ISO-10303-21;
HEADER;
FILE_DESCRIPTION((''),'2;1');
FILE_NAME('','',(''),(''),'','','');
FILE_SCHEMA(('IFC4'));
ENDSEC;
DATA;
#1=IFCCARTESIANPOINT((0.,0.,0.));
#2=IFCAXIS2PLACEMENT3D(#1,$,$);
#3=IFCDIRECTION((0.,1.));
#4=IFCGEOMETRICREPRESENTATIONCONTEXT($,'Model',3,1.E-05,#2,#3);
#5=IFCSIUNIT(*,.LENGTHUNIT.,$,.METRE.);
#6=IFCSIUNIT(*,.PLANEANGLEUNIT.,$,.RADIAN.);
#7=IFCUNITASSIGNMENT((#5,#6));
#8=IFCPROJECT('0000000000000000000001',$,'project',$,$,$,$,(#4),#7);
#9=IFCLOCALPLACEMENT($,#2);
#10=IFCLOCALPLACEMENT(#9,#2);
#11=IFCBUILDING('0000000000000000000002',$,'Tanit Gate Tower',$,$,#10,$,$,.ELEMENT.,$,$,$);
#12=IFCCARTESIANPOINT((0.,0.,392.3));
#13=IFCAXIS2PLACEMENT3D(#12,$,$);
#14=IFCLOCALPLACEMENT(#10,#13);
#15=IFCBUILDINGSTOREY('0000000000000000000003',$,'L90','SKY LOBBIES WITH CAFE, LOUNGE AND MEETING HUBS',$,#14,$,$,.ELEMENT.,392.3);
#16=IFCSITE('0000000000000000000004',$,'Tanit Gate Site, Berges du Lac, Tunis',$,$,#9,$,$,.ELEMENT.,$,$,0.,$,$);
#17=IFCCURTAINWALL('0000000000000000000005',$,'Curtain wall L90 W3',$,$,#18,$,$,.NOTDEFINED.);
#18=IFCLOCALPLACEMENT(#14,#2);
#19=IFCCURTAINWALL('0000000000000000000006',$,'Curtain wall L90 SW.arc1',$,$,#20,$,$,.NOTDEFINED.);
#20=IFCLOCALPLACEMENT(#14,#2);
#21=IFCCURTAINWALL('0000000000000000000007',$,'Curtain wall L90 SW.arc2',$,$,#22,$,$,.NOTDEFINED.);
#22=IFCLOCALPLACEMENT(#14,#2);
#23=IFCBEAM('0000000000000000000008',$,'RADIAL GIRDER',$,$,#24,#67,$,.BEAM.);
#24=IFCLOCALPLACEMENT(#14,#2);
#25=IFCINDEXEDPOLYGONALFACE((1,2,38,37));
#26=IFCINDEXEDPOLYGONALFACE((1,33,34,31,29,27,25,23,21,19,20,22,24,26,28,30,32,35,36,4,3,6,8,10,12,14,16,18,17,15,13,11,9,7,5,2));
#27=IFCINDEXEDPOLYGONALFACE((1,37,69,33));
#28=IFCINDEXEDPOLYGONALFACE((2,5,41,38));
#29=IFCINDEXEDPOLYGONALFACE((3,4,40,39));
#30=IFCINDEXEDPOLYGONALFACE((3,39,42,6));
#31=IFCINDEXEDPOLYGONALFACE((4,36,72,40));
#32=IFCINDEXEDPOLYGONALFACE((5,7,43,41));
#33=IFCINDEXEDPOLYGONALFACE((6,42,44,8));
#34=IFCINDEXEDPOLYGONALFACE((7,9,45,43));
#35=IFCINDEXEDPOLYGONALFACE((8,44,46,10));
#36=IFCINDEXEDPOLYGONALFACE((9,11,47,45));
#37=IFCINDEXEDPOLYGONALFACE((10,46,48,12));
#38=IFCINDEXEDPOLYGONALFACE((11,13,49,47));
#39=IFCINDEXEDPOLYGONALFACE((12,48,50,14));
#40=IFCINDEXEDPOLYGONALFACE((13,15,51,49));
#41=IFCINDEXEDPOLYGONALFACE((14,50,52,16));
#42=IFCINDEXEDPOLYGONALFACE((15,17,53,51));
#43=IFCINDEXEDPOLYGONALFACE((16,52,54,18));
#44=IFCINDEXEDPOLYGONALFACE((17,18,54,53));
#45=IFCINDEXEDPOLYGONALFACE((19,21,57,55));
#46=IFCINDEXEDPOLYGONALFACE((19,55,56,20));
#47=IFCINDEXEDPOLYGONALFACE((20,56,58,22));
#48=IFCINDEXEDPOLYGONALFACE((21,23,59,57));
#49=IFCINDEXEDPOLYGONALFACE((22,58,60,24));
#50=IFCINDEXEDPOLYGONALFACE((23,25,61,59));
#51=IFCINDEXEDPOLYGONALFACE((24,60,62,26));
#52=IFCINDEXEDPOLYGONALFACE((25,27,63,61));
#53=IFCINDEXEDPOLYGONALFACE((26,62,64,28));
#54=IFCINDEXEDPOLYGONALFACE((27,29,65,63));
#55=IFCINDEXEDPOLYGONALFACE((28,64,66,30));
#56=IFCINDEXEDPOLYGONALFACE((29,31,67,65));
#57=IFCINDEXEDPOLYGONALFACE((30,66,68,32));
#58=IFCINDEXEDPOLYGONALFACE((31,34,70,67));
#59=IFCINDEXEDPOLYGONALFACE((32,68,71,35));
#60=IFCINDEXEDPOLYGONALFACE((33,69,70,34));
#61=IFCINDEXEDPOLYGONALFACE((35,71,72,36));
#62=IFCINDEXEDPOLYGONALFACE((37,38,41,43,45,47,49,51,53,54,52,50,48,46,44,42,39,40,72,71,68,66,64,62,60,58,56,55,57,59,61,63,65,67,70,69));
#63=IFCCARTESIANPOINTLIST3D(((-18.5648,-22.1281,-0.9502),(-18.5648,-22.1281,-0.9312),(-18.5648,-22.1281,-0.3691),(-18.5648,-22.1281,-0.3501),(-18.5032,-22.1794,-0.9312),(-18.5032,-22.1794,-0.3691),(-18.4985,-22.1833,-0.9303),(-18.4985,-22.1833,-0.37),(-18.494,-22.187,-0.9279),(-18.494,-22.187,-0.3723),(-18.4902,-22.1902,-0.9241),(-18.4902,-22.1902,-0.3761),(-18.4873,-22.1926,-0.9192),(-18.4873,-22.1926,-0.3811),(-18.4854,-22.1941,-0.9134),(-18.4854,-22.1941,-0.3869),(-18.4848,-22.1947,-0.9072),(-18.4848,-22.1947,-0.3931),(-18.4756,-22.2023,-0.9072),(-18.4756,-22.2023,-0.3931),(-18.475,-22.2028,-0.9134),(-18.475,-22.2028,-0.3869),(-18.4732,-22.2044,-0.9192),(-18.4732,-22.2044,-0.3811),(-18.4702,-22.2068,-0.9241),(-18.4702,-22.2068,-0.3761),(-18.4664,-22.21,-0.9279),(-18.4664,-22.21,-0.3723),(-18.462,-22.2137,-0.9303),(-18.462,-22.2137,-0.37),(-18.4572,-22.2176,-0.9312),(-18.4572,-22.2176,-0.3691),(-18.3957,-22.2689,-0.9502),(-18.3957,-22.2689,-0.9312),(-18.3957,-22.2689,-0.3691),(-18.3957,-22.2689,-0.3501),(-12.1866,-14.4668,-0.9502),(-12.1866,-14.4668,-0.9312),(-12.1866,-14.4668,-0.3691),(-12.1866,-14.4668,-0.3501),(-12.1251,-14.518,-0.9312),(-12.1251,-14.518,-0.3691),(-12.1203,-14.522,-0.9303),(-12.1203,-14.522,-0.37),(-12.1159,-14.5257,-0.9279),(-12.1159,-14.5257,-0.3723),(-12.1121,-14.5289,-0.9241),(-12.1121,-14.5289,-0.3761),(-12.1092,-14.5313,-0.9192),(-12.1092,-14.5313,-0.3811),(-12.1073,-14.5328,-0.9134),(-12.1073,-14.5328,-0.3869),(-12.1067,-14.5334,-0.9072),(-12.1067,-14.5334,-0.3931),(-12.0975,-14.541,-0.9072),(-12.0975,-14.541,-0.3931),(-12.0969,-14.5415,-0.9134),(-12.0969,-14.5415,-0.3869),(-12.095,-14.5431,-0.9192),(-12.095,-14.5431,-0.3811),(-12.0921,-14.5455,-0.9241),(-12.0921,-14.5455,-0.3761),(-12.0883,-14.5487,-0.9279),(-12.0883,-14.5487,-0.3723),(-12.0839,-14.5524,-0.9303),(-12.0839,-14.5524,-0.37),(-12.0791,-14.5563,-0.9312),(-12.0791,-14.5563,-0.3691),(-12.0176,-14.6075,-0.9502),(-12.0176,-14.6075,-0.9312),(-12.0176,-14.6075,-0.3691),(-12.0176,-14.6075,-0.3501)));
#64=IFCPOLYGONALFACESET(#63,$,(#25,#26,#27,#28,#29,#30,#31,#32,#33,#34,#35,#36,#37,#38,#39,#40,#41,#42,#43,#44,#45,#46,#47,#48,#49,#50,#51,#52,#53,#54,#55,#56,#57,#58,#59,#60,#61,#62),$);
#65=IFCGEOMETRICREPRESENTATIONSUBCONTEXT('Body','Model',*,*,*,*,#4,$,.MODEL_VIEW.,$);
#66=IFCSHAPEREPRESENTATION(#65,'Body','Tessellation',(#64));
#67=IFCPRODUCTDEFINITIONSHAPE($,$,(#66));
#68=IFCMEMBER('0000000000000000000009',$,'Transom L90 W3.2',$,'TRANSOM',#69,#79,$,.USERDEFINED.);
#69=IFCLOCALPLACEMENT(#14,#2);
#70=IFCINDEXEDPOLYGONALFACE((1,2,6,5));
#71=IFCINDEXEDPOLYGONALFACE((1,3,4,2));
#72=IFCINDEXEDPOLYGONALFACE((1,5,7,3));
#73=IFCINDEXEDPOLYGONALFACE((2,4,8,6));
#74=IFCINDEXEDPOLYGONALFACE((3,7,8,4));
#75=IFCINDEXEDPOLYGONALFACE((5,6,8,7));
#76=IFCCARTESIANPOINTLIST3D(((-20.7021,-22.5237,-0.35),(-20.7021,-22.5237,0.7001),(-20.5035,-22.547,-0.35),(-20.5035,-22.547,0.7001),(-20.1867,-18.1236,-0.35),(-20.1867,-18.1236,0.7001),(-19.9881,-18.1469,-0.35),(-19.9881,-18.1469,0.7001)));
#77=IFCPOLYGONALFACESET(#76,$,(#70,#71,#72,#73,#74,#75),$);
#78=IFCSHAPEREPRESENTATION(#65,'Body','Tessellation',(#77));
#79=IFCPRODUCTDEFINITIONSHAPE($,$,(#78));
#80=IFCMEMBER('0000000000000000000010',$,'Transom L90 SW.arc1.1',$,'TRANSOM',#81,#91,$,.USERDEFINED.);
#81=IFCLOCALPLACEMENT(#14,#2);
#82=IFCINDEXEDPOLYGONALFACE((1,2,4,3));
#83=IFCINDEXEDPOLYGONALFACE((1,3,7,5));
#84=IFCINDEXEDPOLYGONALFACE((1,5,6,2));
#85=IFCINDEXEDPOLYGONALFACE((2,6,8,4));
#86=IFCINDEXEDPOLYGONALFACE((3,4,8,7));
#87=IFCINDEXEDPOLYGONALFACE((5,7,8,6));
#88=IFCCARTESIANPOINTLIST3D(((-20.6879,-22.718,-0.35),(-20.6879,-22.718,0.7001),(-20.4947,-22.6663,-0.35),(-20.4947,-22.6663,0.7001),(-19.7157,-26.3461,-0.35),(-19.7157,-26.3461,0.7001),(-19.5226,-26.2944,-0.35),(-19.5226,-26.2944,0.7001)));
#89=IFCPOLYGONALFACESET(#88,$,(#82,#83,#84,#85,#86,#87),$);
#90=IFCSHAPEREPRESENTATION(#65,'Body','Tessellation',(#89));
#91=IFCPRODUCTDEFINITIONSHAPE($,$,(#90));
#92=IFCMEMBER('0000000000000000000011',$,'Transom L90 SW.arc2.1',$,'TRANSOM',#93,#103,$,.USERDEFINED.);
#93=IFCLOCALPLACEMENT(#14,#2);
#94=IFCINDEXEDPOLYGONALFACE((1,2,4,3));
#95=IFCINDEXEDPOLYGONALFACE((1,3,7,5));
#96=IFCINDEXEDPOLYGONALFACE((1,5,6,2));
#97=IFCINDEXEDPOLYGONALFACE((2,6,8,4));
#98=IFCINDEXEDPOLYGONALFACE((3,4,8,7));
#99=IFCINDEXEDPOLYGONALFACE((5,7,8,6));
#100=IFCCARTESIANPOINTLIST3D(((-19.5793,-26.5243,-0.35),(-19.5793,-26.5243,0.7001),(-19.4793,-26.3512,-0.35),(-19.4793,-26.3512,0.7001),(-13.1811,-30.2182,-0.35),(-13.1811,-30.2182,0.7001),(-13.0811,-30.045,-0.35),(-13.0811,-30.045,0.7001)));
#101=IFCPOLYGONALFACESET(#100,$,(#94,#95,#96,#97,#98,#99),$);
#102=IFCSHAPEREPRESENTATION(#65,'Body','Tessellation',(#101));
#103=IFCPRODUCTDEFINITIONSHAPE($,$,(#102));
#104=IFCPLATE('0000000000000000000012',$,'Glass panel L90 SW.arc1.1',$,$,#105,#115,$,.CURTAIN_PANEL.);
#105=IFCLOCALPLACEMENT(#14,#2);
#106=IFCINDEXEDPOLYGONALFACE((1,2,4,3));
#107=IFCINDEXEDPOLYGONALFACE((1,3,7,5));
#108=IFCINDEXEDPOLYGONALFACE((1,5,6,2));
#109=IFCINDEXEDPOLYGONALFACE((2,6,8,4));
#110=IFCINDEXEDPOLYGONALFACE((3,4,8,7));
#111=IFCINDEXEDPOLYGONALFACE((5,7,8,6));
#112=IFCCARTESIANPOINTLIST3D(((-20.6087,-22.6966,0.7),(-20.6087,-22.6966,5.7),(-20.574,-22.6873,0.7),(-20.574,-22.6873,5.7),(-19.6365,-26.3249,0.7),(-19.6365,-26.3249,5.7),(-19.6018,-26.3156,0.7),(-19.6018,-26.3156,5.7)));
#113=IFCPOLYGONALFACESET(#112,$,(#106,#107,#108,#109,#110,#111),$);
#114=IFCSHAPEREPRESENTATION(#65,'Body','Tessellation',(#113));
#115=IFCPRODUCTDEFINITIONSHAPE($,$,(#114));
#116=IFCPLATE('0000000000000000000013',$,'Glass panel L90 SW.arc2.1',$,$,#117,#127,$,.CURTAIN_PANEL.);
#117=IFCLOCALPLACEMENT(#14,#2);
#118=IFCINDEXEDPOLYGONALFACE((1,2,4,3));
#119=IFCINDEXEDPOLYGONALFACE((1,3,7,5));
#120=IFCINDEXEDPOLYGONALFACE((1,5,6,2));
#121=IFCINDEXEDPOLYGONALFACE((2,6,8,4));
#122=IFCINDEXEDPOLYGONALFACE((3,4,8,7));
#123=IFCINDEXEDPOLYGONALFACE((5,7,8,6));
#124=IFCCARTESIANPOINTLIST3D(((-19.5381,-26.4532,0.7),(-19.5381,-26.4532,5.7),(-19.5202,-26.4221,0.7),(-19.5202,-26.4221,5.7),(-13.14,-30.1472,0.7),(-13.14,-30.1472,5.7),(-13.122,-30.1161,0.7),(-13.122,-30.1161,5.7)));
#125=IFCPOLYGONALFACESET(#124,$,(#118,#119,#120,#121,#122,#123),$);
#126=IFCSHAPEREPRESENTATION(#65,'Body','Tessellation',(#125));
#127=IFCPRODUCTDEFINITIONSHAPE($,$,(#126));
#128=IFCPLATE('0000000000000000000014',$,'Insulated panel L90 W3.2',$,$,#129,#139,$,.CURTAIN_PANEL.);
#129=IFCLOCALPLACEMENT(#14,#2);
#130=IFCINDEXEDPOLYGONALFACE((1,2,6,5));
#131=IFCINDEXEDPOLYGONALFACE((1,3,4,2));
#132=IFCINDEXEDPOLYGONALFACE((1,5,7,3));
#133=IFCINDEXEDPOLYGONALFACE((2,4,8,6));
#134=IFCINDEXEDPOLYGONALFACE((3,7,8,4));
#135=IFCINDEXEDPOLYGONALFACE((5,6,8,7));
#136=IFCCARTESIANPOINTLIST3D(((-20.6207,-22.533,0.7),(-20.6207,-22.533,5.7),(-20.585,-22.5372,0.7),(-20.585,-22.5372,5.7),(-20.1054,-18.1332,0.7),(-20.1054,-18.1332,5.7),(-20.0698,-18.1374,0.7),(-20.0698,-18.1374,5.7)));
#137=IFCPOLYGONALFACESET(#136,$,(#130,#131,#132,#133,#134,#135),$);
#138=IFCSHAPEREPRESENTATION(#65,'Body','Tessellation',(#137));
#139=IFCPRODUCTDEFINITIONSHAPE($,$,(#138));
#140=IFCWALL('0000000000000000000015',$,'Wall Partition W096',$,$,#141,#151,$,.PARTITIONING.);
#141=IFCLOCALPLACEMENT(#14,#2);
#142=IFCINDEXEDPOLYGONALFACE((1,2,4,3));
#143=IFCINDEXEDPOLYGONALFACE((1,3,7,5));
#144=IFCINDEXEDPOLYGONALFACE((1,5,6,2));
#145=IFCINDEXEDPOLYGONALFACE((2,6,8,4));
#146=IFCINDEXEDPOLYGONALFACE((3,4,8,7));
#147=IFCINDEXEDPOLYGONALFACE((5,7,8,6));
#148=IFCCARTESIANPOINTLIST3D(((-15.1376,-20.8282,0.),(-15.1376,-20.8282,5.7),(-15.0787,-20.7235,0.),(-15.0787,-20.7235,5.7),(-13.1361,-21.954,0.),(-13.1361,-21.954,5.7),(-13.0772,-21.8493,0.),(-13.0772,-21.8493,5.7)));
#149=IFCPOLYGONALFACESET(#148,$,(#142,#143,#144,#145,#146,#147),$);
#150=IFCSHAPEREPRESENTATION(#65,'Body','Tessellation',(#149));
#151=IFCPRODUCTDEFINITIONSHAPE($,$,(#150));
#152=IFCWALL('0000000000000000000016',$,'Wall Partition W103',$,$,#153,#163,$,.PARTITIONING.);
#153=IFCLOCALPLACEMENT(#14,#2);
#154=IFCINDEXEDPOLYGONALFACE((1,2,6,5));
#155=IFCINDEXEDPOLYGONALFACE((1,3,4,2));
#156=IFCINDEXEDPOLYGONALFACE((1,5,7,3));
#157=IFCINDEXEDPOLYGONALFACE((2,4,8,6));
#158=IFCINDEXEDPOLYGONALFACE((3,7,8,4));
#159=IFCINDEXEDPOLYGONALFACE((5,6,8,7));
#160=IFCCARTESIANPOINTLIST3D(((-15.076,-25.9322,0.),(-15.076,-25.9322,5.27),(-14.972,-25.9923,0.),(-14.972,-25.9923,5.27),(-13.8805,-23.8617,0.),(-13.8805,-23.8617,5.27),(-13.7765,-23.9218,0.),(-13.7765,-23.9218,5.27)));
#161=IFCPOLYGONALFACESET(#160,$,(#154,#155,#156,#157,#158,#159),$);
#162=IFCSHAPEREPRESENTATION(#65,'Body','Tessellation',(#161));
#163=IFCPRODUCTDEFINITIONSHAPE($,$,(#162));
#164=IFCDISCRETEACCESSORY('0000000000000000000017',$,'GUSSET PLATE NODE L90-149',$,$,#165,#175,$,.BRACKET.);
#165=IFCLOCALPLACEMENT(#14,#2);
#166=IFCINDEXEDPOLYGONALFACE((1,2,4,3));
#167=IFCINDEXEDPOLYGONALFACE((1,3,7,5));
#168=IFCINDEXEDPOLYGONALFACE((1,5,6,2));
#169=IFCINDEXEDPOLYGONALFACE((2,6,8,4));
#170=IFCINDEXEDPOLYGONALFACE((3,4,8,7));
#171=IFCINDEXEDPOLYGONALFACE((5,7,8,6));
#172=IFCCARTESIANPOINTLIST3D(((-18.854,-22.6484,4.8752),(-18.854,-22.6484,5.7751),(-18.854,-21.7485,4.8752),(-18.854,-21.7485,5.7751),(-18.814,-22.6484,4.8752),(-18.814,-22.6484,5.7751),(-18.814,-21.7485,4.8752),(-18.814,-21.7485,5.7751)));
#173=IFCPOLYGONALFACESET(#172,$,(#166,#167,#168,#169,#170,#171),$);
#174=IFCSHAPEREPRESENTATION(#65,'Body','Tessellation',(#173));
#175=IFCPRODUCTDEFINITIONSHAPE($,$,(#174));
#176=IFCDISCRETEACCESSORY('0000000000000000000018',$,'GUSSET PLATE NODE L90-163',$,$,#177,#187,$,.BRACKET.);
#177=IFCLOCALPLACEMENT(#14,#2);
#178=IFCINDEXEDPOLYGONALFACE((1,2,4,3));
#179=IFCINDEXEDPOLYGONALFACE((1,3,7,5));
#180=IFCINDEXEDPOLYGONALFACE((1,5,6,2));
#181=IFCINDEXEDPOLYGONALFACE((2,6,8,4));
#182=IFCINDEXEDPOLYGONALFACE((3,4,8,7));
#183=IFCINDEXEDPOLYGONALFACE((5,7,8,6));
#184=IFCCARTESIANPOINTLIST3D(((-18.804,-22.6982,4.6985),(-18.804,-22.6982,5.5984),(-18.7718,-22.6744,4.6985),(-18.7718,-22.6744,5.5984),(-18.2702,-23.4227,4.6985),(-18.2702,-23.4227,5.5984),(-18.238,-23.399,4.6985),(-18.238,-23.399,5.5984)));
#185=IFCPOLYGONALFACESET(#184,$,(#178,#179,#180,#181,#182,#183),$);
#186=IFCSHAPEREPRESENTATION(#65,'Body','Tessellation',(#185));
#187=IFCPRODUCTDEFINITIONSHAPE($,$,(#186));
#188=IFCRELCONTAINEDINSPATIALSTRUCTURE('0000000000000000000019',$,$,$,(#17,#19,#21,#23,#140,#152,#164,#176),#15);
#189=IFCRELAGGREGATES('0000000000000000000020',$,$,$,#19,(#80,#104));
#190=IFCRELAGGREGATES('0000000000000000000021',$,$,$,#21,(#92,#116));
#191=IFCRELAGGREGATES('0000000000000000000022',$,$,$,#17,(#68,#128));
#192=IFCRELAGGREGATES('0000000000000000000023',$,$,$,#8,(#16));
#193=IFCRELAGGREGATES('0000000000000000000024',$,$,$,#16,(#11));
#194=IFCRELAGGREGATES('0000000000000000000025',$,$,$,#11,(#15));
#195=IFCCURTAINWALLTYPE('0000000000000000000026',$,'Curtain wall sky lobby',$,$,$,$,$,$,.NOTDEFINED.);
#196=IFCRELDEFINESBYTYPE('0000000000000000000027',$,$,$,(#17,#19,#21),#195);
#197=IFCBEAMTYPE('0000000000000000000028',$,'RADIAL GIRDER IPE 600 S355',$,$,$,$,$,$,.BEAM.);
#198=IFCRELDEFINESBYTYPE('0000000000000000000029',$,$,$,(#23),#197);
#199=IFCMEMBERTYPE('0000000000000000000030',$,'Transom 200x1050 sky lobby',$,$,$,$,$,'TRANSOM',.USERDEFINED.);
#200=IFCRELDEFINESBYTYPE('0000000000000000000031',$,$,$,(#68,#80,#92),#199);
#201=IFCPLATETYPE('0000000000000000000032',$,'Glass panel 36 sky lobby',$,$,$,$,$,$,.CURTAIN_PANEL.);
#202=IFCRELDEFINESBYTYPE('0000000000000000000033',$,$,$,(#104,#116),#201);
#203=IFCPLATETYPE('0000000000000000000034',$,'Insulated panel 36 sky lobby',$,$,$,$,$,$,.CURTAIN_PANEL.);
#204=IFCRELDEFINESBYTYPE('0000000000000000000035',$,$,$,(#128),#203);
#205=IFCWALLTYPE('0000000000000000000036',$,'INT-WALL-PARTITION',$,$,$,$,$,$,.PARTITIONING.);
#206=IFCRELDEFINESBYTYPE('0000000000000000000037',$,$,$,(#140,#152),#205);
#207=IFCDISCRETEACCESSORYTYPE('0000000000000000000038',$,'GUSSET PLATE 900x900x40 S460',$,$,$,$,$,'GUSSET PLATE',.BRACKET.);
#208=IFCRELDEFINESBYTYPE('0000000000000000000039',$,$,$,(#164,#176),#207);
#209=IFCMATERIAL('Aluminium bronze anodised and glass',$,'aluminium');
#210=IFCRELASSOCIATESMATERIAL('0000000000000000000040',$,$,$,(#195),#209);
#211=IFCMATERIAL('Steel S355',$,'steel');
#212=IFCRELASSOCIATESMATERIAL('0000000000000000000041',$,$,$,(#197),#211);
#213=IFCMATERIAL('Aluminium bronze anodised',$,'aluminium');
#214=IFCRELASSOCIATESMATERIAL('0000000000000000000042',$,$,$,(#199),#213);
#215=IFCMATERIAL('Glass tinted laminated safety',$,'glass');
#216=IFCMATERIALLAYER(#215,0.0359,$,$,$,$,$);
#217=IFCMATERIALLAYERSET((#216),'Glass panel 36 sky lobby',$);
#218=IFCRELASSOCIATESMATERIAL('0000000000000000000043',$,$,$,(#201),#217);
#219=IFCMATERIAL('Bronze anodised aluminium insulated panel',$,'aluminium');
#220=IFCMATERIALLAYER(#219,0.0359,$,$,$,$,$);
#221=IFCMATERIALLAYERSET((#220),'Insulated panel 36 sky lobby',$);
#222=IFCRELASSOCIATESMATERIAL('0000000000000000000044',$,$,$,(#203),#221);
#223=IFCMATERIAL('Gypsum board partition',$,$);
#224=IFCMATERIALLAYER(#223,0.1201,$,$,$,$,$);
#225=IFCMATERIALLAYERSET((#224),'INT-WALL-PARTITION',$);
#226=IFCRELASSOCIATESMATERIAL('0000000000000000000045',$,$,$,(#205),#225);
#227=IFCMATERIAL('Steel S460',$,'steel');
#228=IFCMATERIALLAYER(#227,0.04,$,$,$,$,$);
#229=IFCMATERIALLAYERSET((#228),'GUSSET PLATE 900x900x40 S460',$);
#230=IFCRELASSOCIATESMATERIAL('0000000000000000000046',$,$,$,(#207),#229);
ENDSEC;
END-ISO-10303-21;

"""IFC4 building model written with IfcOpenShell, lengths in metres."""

from ifc_helpers import new_model, si_unit, direction, frame, frame_2d, origin, origin_2d, place, context, subcontext, project, spatial, rectangle, i_section, extrude, material, layer, layer_set, material_profile, profile_set, type_object, element, aggregate, save


model = new_model("IFC4")

# Units and contexts
model_context = context("Model", 3, precision=1e-05, world=origin(), true_north=direction((0.0, 1.0)))
body_context = subcontext(model_context, "Body", "Model", "MODEL_VIEW")
ifc_project = project(units=[si_unit("LENGTHUNIT", "METRE"), si_unit("PLANEANGLEUNIT", "RADIAN")], contexts=[model_context])

# Site, building, storey
site_placement = place(None, origin())
site = spatial("IfcSite", under=ifc_project, at=site_placement, Name="Tanit Gate Site, Berges du Lac, Tunis", CompositionType="ELEMENT", RefElevation=0.0)
building_placement = place(site_placement, origin())
building = spatial("IfcBuilding", under=site, at=building_placement, Name="Tanit Gate Tower", CompositionType="ELEMENT")
storey_placement = place(building_placement, frame((0.0, 0.0, 392.3)))
storey = spatial("IfcBuildingStorey", under=building, at=storey_placement, Name="L90", Description="SKY LOBBIES WITH CAFE, LOUNGE AND MEETING HUBS", CompositionType="ELEMENT", Elevation=392.3)

# Curtain walls
ifc_material_1 = material(Name="Aluminium bronze anodised and glass", Category="aluminium")
curtain_wall_type = type_object("IfcCurtainWallType", Name="Curtain wall sky lobby", PredefinedType="NOTDEFINED", material=ifc_material_1)
curtain_wall_1_placement = place(storey_placement, origin())
curtain_wall_1 = element("IfcCurtainWall", 1, at=curtain_wall_1_placement, inside=storey, type_object=curtain_wall_type, Name="Curtain wall L90 W3", PredefinedType="NOTDEFINED")
curtain_wall_2_placement = place(storey_placement, origin())
curtain_wall_2 = element("IfcCurtainWall", 2, at=curtain_wall_2_placement, inside=storey, type_object=curtain_wall_type, Name="Curtain wall L90 SW.arc1", PredefinedType="NOTDEFINED")
curtain_wall_3_placement = place(storey_placement, origin())
curtain_wall_3 = element("IfcCurtainWall", 3, at=curtain_wall_3_placement, inside=storey, type_object=curtain_wall_type, Name="Curtain wall L90 SW.arc2", PredefinedType="NOTDEFINED")

# Beam
ifc_material_2 = material(Name="Steel S355", Category="steel")
ifc_material_profile_1 = material_profile(ifc_material_2, i_section(OverallWidth=0.22, OverallDepth=0.6001, WebThickness=0.012, FlangeThickness=0.019, FilletRadius=0.0239, at=origin_2d()), Name="IPE 600")
ifc_profile_set_1 = profile_set([ifc_material_profile_1], Name="Steel S355")
beam_type_1 = type_object("IfcBeamType", Name="RADIAL GIRDER IPE 600 S355", PredefinedType="BEAM", material=ifc_profile_set_1)
beam_1_placement = place(storey_placement, frame((-18.4802, -22.1985, -0.6501), z_axis=(0.639811, 0.768532, 0.0), x_axis=(-0.768532, 0.639811, 0.0)))
element("IfcBeam", 4, at=beam_1_placement, inside=storey, type_object=beam_type_1, Name="RADIAL GIRDER", PredefinedType="BEAM", context=body_context, shape_type="SweptSolid", body=[
    extrude(i_section(OverallWidth=0.22, OverallDepth=0.6001, WebThickness=0.012, FlangeThickness=0.019, FilletRadius=0.0239, at=origin_2d()), origin(), (0.0, 0.0, 1.0), 9.9688),
])

# Members
ifc_material_3 = material(Name="Aluminium bronze anodised", Category="aluminium")
ifc_material_profile_2 = material_profile(ifc_material_3, rectangle(XDim=0.2, YDim=1.05, at=origin_2d()), Name="200x1050 bronze transom")
ifc_profile_set_2 = profile_set([ifc_material_profile_2], Name="Aluminium bronze anodised")
member_type_1 = type_object("IfcMemberType", Name="Transom 200x1050 sky lobby", ElementType="TRANSOM", PredefinedType="USERDEFINED", material=ifc_profile_set_2)
member_1_placement = place(storey_placement, frame((-20.0874, -18.1353, 0.175), z_axis=(-0.116333, -0.99321, 0.0), x_axis=(0.99321, -0.116333, 0.0)))
member_1 = element("IfcMember", 5, at=member_1_placement, type_object=member_type_1, Name="Transom L90 W3.2", ObjectType="TRANSOM", PredefinedType="USERDEFINED", context=body_context, shape_type="SweptSolid", body=[
    extrude(rectangle(XDim=0.2, YDim=1.05, at=origin_2d()), origin(), (0.0, 0.0, 1.0), 4.4302),
])
member_2_placement = place(storey_placement, frame((-20.5913, -22.6921, 0.175), z_axis=(0.258819, -0.965926, 0.0), x_axis=(0.965926, 0.258819, 0.0)))
member_2 = element("IfcMember", 6, at=member_2_placement, type_object=member_type_1, Name="Transom L90 SW.arc1.1", ObjectType="TRANSOM", PredefinedType="USERDEFINED", context=body_context, shape_type="SweptSolid", body=[
    extrude(rectangle(XDim=0.2, YDim=1.05, at=origin_2d()), origin(), (0.0, 0.0, 1.0), 3.7561),
])
member_3_placement = place(storey_placement, frame((-19.5293, -26.4377, 0.175), z_axis=(0.866034, -0.499985, 0.0), x_axis=(0.499985, 0.866034, 0.0)))
member_3 = element("IfcMember", 7, at=member_3_placement, type_object=member_type_1, Name="Transom L90 SW.arc2.1", ObjectType="TRANSOM", PredefinedType="USERDEFINED", context=body_context, shape_type="SweptSolid", body=[
    extrude(rectangle(XDim=0.2, YDim=1.05, at=origin_2d()), origin(), (0.0, 0.0, 1.0), 7.3879),
])

# Plates
ifc_material_4 = material(Name="Glass tinted laminated safety", Category="glass")
ifc_layer_1 = layer(ifc_material_4, 0.0359)
ifc_layer_set_1 = layer_set([ifc_layer_1], Name="Glass panel 36 sky lobby")
plate_type_1 = type_object("IfcPlateType", Name="Glass panel 36 sky lobby", PredefinedType="CURTAIN_PANEL", material=ifc_layer_set_1)
plate_1_placement = place(storey_placement, frame((-20.1052, -24.5061, 0.7), z_axis=(0.0, 0.0, 1.0), x_axis=(0.258819, -0.965926, 0.0)))
plate_1 = element("IfcPlate", 8, at=plate_1_placement, type_object=plate_type_1, Name="Glass panel L90 SW.arc1.1", PredefinedType="CURTAIN_PANEL", context=body_context, shape_type="SweptSolid", body=[
    extrude(rectangle(XDim=3.7563, YDim=0.0359, at=origin_2d()), origin(), (0.0, 0.0, 1.0), 5.0),
])
aggregate(curtain_wall_2, [member_2, plate_1])
plate_2_placement = place(storey_placement, frame((-16.3301, -28.2847, 0.7), z_axis=(0.0, 0.0, 1.0), x_axis=(0.866025, -0.5, 0.0)))
plate_2 = element("IfcPlate", 9, at=plate_2_placement, type_object=plate_type_1, Name="Glass panel L90 SW.arc2.1", PredefinedType="CURTAIN_PANEL", context=body_context, shape_type="SweptSolid", body=[
    extrude(rectangle(XDim=7.3879, YDim=0.0359, at=origin_2d()), origin(), (0.0, 0.0, 1.0), 5.0),
])
aggregate(curtain_wall_3, [member_3, plate_2])
ifc_material_5 = material(Name="Bronze anodised aluminium insulated panel", Category="aluminium")
ifc_layer_2 = layer(ifc_material_5, 0.0359)
ifc_layer_set_2 = layer_set([ifc_layer_2], Name="Insulated panel 36 sky lobby")
plate_type_2 = type_object("IfcPlateType", Name="Insulated panel 36 sky lobby", PredefinedType="CURTAIN_PANEL", material=ifc_layer_set_2)
plate_3_placement = place(storey_placement, frame((-20.3452, -20.3352, 0.7), z_axis=(0.0, 0.0, 1.0), x_axis=(-0.116318, -0.993212, 0.0)))
plate_3 = element("IfcPlate", 10, at=plate_3_placement, type_object=plate_type_2, Name="Insulated panel L90 W3.2", PredefinedType="CURTAIN_PANEL", context=body_context, shape_type="SweptSolid", body=[
    extrude(rectangle(XDim=4.4299, YDim=0.0359, at=origin_2d()), origin(), (0.0, 0.0, 1.0), 5.0),
])
aggregate(curtain_wall_1, [member_1, plate_3])

# Walls
ifc_material_6 = material(Name="Gypsum board partition")
ifc_layer_3 = layer(ifc_material_6, 0.1201)
ifc_layer_set_3 = layer_set([ifc_layer_3], Name="INT-WALL-PARTITION")
wall_type = type_object("IfcWallType", Name="INT-WALL-PARTITION", PredefinedType="PARTITIONING", material=ifc_layer_set_3)
wall_1_placement = place(storey_placement, frame((-15.1082, -20.7759, 0.0), z_axis=(0.0, 0.0, 1.0), x_axis=(0.871593, -0.490231, 0.0)))
element("IfcWall", 11, at=wall_1_placement, inside=storey, type_object=wall_type, Name="Wall Partition W096", PredefinedType="PARTITIONING", context=body_context, shape_type="SweptSolid", body=[
    extrude(rectangle(XDim=2.2964, YDim=0.1201, at=frame_2d((1.1482, 0.0))), origin(), (0.0, 0.0, 1.0), 5.7),
])
wall_2_placement = place(storey_placement, frame((-15.0239, -25.9622, 0.0), z_axis=(0.0, 0.0, 1.0), x_axis=(0.500038, 0.866004, 0.0)))
element("IfcWall", 12, at=wall_2_placement, inside=storey, type_object=wall_type, Name="Wall Partition W103", PredefinedType="PARTITIONING", context=body_context, shape_type="SweptSolid", body=[
    extrude(rectangle(XDim=2.3909, YDim=0.1201, at=frame_2d((1.1953, 0.0))), origin(), (0.0, 0.0, 1.0), 5.27),
])

# Discrete accessories
ifc_material_7 = material(Name="Steel S460", Category="steel")
ifc_layer_4 = layer(ifc_material_7, 0.04)
ifc_layer_set_4 = layer_set([ifc_layer_4], Name="GUSSET PLATE 900x900x40 S460")
discrete_accessory_type = type_object("IfcDiscreteAccessoryType", Name="GUSSET PLATE 900x900x40 S460", ElementType="GUSSET PLATE", PredefinedType="BRACKET", material=ifc_layer_set_4)
for number, where, z_axis, x_axis, name in (
    (13, (-18.834, -22.1985, 4.8752), (0.0, 0.0, 1.0), (0.0, 1.0, 0.0), "GUSSET PLATE NODE L90-149"),
    (14, (-18.521, -23.0486, 4.6985), (0.0, 0.0, 1.0), (0.593124, -0.805111, 0.0), "GUSSET PLATE NODE L90-163"),
):
    element("IfcDiscreteAccessory", number, at=place(storey_placement, frame(where, z_axis=z_axis, x_axis=x_axis)), inside=storey, type_object=discrete_accessory_type, Name=name, PredefinedType="BRACKET", context=body_context, shape_type="SweptSolid", body=[
        extrude(rectangle(XDim=0.8999, YDim=0.04, at=origin_2d()), origin(), (0.0, 0.0, 1.0), 0.8999),
    ])

save(model, "model.ifc")
